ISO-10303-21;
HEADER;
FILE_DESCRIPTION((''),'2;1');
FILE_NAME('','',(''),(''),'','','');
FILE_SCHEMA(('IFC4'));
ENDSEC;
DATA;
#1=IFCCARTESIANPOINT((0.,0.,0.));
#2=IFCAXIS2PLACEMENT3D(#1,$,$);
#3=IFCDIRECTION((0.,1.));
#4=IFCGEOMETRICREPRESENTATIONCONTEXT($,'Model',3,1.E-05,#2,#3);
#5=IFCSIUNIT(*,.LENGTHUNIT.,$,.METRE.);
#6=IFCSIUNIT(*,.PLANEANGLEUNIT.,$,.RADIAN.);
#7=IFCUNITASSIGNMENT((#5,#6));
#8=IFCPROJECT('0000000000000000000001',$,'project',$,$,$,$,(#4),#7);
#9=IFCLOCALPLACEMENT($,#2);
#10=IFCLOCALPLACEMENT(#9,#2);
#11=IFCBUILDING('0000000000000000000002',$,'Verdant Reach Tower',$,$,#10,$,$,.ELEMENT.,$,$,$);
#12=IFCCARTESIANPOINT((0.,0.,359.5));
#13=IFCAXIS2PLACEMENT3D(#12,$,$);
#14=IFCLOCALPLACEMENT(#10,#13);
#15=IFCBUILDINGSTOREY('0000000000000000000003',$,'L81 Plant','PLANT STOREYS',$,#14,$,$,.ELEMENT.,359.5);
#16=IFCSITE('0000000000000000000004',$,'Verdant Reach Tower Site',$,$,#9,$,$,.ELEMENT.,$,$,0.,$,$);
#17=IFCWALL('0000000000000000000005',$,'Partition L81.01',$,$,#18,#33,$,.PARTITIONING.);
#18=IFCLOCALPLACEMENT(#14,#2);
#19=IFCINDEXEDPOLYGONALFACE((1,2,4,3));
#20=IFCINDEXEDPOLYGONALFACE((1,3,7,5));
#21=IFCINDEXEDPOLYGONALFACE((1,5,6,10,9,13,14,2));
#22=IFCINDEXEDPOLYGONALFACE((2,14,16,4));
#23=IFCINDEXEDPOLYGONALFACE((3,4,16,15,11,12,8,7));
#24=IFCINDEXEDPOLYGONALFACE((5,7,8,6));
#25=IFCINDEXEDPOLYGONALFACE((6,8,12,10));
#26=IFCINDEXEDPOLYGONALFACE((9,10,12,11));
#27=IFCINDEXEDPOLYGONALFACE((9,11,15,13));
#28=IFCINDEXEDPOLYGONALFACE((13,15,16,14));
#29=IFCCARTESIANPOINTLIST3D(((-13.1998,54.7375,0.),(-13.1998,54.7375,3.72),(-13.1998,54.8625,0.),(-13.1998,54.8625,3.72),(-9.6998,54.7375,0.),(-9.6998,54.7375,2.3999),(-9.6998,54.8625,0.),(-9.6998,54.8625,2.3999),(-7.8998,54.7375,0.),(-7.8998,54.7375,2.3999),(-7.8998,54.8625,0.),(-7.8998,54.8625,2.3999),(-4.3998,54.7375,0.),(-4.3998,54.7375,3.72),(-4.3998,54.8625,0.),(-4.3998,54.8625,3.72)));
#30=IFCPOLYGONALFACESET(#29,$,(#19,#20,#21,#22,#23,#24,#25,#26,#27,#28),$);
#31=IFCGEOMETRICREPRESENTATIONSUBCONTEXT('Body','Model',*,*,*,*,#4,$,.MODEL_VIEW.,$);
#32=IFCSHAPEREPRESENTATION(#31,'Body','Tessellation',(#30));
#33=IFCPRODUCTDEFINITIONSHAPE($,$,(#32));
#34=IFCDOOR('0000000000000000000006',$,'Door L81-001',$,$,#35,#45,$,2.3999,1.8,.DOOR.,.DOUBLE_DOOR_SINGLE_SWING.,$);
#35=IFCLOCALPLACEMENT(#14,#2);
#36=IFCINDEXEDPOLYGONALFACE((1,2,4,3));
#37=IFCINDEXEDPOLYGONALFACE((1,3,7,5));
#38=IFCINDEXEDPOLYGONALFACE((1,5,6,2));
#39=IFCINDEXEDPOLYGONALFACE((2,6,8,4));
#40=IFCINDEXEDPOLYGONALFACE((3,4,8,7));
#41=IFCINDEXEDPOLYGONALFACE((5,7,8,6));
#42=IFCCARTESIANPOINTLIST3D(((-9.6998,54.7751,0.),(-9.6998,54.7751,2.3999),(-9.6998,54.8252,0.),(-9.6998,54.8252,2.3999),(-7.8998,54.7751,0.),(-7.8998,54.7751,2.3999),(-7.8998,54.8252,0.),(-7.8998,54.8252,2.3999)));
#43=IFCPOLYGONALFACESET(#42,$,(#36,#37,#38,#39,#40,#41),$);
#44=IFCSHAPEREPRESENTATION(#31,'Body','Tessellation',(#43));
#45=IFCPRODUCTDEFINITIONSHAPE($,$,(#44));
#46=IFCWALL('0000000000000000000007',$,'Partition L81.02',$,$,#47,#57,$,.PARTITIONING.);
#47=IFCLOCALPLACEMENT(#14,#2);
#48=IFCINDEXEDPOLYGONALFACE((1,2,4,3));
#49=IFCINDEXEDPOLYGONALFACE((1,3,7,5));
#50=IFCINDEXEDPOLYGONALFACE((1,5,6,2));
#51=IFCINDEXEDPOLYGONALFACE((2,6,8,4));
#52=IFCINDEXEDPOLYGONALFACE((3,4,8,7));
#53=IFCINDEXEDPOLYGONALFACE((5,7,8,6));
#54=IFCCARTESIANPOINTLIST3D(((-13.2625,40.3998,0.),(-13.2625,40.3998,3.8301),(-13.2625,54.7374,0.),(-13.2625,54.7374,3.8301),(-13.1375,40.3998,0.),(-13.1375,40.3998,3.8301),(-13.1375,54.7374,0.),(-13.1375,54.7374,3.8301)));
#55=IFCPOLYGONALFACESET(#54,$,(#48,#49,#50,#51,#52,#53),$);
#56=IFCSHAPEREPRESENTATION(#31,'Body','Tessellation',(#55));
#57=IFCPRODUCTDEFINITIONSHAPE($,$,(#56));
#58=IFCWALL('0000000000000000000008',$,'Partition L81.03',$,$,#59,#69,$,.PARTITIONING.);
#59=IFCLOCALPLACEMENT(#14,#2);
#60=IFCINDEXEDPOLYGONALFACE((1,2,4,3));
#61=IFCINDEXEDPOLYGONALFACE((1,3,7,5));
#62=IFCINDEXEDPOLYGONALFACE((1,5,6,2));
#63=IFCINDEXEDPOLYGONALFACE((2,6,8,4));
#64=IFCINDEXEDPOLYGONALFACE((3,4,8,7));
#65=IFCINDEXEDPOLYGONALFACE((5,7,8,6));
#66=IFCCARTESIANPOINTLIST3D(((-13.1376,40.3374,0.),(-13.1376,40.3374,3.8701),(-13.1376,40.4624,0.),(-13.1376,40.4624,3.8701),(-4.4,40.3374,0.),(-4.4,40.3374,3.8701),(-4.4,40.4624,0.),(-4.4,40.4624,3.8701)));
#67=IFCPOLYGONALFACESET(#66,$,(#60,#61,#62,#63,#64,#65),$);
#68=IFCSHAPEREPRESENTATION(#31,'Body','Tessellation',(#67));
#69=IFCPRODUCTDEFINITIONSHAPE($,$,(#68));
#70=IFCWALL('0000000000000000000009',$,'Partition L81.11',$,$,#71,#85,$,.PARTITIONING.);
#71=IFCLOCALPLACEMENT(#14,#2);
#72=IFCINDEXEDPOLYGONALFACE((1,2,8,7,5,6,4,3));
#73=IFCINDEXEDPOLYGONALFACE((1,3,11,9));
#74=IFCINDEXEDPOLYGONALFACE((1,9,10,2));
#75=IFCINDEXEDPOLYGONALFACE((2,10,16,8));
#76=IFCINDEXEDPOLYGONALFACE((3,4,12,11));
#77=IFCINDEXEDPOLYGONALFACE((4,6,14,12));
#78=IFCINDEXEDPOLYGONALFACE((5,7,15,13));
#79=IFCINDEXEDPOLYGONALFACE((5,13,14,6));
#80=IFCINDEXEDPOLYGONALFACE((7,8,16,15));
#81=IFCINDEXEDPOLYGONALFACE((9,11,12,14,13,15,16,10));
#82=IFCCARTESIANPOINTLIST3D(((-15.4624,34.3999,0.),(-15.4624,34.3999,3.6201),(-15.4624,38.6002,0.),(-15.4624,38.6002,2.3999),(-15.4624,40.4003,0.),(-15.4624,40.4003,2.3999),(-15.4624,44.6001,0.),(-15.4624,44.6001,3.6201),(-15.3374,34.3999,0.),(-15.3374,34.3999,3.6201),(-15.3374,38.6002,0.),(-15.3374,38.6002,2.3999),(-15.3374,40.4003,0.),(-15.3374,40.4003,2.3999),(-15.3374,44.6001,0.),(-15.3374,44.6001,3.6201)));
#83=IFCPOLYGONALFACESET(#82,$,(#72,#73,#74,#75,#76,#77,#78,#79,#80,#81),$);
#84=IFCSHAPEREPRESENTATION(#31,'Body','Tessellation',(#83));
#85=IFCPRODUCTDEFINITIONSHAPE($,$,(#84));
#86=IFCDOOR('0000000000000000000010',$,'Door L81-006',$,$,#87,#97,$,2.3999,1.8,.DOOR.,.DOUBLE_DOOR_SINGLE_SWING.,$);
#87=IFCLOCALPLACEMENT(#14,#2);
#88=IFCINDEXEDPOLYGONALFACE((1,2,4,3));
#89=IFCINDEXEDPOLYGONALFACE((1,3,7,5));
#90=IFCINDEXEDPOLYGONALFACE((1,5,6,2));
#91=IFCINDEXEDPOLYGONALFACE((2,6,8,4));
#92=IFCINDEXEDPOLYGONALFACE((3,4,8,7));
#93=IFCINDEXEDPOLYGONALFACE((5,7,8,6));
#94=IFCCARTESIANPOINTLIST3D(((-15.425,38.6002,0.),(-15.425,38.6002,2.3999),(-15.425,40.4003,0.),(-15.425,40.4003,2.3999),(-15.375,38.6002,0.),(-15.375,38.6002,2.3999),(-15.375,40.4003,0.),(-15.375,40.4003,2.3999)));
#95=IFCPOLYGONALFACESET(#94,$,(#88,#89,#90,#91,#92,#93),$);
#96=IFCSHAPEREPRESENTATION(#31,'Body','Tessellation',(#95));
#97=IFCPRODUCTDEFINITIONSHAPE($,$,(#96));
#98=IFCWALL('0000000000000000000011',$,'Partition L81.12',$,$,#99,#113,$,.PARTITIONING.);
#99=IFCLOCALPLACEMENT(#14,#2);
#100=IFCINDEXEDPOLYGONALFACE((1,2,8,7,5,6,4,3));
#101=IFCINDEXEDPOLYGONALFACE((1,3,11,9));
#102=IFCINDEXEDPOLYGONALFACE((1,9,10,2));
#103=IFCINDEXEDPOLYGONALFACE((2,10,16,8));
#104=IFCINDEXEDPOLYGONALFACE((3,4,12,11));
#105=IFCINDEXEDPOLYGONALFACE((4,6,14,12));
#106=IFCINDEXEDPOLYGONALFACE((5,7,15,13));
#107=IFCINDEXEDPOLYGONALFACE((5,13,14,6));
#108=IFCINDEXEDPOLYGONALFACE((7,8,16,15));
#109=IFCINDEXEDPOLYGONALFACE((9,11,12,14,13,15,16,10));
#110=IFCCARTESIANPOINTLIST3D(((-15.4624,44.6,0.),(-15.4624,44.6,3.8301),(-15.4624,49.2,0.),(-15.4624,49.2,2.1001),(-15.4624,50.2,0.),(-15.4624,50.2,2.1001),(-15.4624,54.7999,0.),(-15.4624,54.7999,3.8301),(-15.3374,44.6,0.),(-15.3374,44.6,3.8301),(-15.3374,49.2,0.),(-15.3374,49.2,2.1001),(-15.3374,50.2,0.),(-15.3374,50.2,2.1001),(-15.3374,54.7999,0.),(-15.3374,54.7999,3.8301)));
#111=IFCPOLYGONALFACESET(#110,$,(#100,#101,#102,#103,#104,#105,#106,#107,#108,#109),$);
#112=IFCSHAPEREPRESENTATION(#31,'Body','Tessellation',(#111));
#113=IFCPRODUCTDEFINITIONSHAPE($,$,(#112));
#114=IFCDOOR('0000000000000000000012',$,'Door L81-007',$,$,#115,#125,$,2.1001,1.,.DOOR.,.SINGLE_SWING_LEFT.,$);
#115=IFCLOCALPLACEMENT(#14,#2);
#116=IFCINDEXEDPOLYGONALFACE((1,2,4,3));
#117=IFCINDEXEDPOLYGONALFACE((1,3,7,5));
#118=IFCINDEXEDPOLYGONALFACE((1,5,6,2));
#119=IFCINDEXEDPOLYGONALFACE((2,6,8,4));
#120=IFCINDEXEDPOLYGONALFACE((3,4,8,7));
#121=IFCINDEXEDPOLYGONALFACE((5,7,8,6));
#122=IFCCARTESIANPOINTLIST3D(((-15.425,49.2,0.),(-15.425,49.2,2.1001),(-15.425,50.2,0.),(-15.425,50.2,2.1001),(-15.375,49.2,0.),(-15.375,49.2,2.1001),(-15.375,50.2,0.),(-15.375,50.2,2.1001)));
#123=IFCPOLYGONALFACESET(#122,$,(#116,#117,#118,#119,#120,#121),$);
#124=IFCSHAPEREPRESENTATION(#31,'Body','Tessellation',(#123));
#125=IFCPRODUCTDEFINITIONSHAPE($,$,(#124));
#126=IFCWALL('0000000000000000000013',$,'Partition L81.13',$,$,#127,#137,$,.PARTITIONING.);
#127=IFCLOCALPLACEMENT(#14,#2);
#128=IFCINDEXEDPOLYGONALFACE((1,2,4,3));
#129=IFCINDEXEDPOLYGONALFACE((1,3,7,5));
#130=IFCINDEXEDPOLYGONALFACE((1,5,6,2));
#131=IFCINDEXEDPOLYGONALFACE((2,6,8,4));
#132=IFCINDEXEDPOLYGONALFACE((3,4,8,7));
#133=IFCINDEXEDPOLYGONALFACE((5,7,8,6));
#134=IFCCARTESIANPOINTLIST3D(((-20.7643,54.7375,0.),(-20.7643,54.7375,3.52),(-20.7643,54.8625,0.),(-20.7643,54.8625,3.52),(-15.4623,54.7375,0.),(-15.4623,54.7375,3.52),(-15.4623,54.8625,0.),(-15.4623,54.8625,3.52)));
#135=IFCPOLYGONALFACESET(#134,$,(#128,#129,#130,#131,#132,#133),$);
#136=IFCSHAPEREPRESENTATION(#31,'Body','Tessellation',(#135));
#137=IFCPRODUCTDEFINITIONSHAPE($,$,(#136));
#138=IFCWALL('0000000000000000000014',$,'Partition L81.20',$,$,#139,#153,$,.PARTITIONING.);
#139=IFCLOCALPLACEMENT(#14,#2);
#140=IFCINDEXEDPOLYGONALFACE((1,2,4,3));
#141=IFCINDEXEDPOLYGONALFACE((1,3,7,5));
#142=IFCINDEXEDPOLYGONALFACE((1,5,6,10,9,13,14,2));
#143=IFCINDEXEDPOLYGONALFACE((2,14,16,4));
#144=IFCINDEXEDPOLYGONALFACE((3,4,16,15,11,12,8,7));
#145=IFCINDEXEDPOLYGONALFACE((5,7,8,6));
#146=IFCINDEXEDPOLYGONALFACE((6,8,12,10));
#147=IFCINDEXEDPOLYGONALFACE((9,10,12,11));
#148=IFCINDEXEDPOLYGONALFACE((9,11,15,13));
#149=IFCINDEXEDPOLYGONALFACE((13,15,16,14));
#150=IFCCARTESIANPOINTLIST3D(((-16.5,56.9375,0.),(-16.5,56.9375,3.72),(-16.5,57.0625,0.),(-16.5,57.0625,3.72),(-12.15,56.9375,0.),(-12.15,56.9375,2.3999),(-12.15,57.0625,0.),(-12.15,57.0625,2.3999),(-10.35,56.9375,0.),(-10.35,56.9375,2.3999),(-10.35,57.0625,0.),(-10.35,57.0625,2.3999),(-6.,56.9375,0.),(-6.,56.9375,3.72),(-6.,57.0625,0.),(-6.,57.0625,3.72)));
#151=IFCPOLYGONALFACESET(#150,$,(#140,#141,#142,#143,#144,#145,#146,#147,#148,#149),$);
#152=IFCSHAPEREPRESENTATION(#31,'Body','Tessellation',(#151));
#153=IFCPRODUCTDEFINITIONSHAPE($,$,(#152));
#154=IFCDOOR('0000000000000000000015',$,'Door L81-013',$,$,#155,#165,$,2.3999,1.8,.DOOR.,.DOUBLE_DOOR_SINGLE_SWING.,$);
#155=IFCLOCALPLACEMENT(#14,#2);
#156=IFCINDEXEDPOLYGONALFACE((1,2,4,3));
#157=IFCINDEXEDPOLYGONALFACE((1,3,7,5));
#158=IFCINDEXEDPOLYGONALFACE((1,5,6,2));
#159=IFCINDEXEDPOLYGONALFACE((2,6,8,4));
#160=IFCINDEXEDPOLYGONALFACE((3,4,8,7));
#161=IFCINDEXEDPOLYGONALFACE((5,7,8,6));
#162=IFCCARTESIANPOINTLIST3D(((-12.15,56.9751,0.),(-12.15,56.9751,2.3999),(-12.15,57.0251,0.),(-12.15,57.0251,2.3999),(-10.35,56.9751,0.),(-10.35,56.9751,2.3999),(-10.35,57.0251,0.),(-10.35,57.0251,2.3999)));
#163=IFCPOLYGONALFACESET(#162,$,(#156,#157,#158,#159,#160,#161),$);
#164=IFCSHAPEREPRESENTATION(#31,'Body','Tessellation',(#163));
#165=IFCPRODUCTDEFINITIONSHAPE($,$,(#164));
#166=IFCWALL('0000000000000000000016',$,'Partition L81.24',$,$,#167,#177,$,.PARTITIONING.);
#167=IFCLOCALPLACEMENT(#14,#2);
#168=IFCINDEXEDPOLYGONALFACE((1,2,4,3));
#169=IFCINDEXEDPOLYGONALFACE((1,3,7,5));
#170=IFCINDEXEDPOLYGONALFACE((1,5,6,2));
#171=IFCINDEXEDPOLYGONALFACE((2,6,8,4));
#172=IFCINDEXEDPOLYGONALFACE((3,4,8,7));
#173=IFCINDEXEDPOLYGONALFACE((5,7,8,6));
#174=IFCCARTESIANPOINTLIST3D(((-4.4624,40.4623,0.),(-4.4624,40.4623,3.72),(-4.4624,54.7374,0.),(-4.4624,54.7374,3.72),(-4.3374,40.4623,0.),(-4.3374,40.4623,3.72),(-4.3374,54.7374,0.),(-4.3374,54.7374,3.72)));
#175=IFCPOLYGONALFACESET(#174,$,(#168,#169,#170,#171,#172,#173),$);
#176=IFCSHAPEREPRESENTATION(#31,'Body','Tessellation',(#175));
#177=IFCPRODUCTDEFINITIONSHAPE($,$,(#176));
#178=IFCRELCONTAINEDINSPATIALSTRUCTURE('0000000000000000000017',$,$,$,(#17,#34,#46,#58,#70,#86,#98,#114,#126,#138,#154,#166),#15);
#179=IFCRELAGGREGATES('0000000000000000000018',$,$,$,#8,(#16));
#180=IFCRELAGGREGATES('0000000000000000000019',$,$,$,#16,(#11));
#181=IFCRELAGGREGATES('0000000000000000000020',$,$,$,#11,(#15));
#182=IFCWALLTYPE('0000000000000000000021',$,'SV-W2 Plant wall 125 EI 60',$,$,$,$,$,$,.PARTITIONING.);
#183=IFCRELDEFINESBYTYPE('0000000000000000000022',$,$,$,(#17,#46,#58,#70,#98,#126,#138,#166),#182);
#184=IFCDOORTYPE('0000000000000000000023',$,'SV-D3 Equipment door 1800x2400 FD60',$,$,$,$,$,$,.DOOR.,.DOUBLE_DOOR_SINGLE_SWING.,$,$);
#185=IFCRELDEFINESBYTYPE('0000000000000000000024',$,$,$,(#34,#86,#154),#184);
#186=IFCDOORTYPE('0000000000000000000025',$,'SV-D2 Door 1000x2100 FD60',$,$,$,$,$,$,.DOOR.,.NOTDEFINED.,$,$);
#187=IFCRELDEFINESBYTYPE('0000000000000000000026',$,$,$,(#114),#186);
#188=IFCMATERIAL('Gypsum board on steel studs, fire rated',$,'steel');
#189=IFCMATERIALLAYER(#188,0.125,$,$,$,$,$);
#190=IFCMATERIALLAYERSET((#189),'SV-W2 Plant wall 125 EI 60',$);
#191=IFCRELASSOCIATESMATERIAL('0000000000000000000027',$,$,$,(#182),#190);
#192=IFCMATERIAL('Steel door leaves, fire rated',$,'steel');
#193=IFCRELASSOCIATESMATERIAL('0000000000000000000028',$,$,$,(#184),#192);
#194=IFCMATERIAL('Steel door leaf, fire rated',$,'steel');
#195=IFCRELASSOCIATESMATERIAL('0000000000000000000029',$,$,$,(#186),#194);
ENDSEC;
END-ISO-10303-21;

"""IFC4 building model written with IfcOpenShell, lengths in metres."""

from ifc_helpers import new_model, si_unit, direction, frame, frame_2d, origin, place, context, subcontext, project, spatial, rectangle, extrude, material, layer, layer_set, type_object, element, fill, save


model = new_model("IFC4")

# Units and contexts
model_context = context("Model", 3, precision=1e-05, world=origin(), true_north=direction((0.0, 1.0)))
body_context = subcontext(model_context, "Body", "Model", "MODEL_VIEW")
ifc_project = project(units=[si_unit("LENGTHUNIT", "METRE"), si_unit("PLANEANGLEUNIT", "RADIAN")], contexts=[model_context])

# Site, building, storey
site_placement = place(None, origin())
site = spatial("IfcSite", under=ifc_project, at=site_placement, Name="Verdant Reach Tower Site", CompositionType="ELEMENT", RefElevation=0.0)
building_placement = place(site_placement, origin())
building = spatial("IfcBuilding", under=site, at=building_placement, Name="Verdant Reach Tower", CompositionType="ELEMENT")
storey_placement = place(building_placement, frame((0.0, 0.0, 359.5)))
storey = spatial("IfcBuildingStorey", under=building, at=storey_placement, Name="L81 Plant", Description="PLANT STOREYS", CompositionType="ELEMENT", Elevation=359.5)

# Wall, opening, door
ifc_material_1 = material(Name="Gypsum board on steel studs, fire rated", Category="steel")
ifc_layer = layer(ifc_material_1, 0.125)
ifc_layer_set = layer_set([ifc_layer], Name="SV-W2 Plant wall 125 EI 60")
wall_type = type_object("IfcWallType", Name="SV-W2 Plant wall 125 EI 60", PredefinedType="PARTITIONING", material=ifc_layer_set)
wall_1_placement = place(storey_placement, frame((-4.3999, 54.8, 0.0), z_axis=(0.0, 0.0, 1.0), x_axis=(-1.0, 0.0, 0.0)))
wall_1 = element("IfcWall", 1, at=wall_1_placement, inside=storey, type_object=wall_type, Name="Partition L81.01", PredefinedType="PARTITIONING", context=body_context, shape_type="SweptSolid", body=[
    extrude(rectangle(XDim=8.8, YDim=0.125, at=frame_2d((4.3999, 0.0))), origin(), (0.0, 0.0, 1.0), 3.72),
])
opening_1_placement = place(wall_1_placement, frame((3.5, 0.0, 0.0)))
opening_1 = element("IfcOpeningElement", 2, at=opening_1_placement, cuts=wall_1, PredefinedType="OPENING", context=body_context, shape_type="SweptSolid", body=[
    extrude(rectangle(XDim=1.8, YDim=2.3999, at=frame_2d((0.8999, 1.2))), frame((0.0, 0.0725, 0.0), z_axis=(0.0, -1.0, 0.0), x_axis=(1.0, 0.0, 0.0)), (0.0, 0.0, 1.0), 0.145),
])
ifc_material_2 = material(Name="Steel door leaves, fire rated", Category="steel")
door_type_1 = type_object("IfcDoorType", Name="SV-D3 Equipment door 1800x2400 FD60", OperationType="DOUBLE_DOOR_SINGLE_SWING", PredefinedType="DOOR", material=ifc_material_2)
door_1_placement = place(opening_1_placement, origin())
door_1 = element("IfcDoor", 3, at=door_1_placement, inside=storey, type_object=door_type_1, Name="Door L81-001", OperationType="DOUBLE_DOOR_SINGLE_SWING", OverallHeight=2.3999, OverallWidth=1.8, PredefinedType="DOOR", context=body_context, shape_type="SweptSolid", body=[
    extrude(rectangle(XDim=1.8, YDim=2.3999, at=frame_2d((0.8999, 1.2))), frame((0.0, 0.0249, 0.0), z_axis=(0.0, -1.0, 0.0), x_axis=(1.0, 0.0, 0.0)), (0.0, 0.0, 1.0), 0.05),
])
fill(opening_1, door_1)

# Walls
wall_2_placement = place(storey_placement, frame((-13.2, 54.7375, 0.0), z_axis=(0.0, 0.0, 1.0), x_axis=(0.0, -1.0, 0.0)))
element("IfcWall", 4, at=wall_2_placement, inside=storey, type_object=wall_type, Name="Partition L81.02", PredefinedType="PARTITIONING", context=body_context, shape_type="SweptSolid", body=[
    extrude(rectangle(XDim=14.3376, YDim=0.125, at=frame_2d((7.1689, 0.0))), origin(), (0.0, 0.0, 1.0), 3.8301),
])
wall_3_placement = place(storey_placement, frame((-13.1375, 40.3999, 0.0), z_axis=(0.0, 0.0, 1.0), x_axis=(1.0, 0.0, 0.0)))
element("IfcWall", 5, at=wall_3_placement, inside=storey, type_object=wall_type, Name="Partition L81.03", PredefinedType="PARTITIONING", context=body_context, shape_type="SweptSolid", body=[
    extrude(rectangle(XDim=8.7375, YDim=0.125, at=frame_2d((4.3687, 0.0))), origin(), (0.0, 0.0, 1.0), 3.8701),
])

# Walls, openings, doors
wall_4_placement = place(storey_placement, frame((-15.3999, 44.6001, 0.0), z_axis=(0.0, 0.0, 1.0), x_axis=(0.0, -1.0, 0.0)))
wall_4 = element("IfcWall", 6, at=wall_4_placement, inside=storey, type_object=wall_type, Name="Partition L81.11", PredefinedType="PARTITIONING", context=body_context, shape_type="SweptSolid", body=[
    extrude(rectangle(XDim=10.2002, YDim=0.125, at=frame_2d((5.1001, 0.0))), origin(), (0.0, 0.0, 1.0), 3.6201),
])
opening_2_placement = place(wall_4_placement, frame((4.2, 0.0, 0.0)))
opening_2 = element("IfcOpeningElement", 7, at=opening_2_placement, cuts=wall_4, PredefinedType="OPENING", context=body_context, shape_type="SweptSolid", body=[
    extrude(rectangle(XDim=1.8, YDim=2.3999, at=frame_2d((0.8999, 1.2))), frame((0.0, 0.0725, 0.0), z_axis=(0.0, -1.0, 0.0), x_axis=(1.0, 0.0, 0.0)), (0.0, 0.0, 1.0), 0.145),
])
door_2_placement = place(opening_2_placement, origin())
door_2 = element("IfcDoor", 8, at=door_2_placement, inside=storey, type_object=door_type_1, Name="Door L81-006", OperationType="DOUBLE_DOOR_SINGLE_SWING", OverallHeight=2.3999, OverallWidth=1.8, PredefinedType="DOOR", context=body_context, shape_type="SweptSolid", body=[
    extrude(rectangle(XDim=1.8, YDim=2.3999, at=frame_2d((0.8999, 1.2))), frame((0.0, 0.0249, 0.0), z_axis=(0.0, -1.0, 0.0), x_axis=(1.0, 0.0, 0.0)), (0.0, 0.0, 1.0), 0.05),
])
fill(opening_2, door_2)
wall_5_placement = place(storey_placement, frame((-15.3999, 54.8, 0.0), z_axis=(0.0, 0.0, 1.0), x_axis=(0.0, -1.0, 0.0)))
wall_5 = element("IfcWall", 9, at=wall_5_placement, inside=storey, type_object=wall_type, Name="Partition L81.12", PredefinedType="PARTITIONING", context=body_context, shape_type="SweptSolid", body=[
    extrude(rectangle(XDim=10.2, YDim=0.125, at=frame_2d((5.1001, 0.0))), origin(), (0.0, 0.0, 1.0), 3.8301),
])
opening_3_placement = place(wall_5_placement, frame((4.6001, 0.0, 0.0)))
opening_3 = element("IfcOpeningElement", 10, at=opening_3_placement, cuts=wall_5, PredefinedType="OPENING", context=body_context, shape_type="SweptSolid", body=[
    extrude(rectangle(XDim=1.0, YDim=2.1001, at=frame_2d((0.5, 1.05))), frame((0.0, 0.0725, 0.0), z_axis=(0.0, -1.0, 0.0), x_axis=(1.0, 0.0, 0.0)), (0.0, 0.0, 1.0), 0.145),
])
ifc_material_3 = material(Name="Steel door leaf, fire rated", Category="steel")
door_type_2 = type_object("IfcDoorType", Name="SV-D2 Door 1000x2100 FD60", OperationType="NOTDEFINED", PredefinedType="DOOR", material=ifc_material_3)
door_3_placement = place(opening_3_placement, origin())
door_3 = element("IfcDoor", 11, at=door_3_placement, inside=storey, type_object=door_type_2, Name="Door L81-007", OperationType="SINGLE_SWING_LEFT", OverallHeight=2.1001, OverallWidth=1.0, PredefinedType="DOOR", context=body_context, shape_type="SweptSolid", body=[
    extrude(rectangle(XDim=1.0, YDim=2.1001, at=frame_2d((0.5, 1.05))), frame((0.0, 0.0249, 0.0), z_axis=(0.0, -1.0, 0.0), x_axis=(1.0, 0.0, 0.0)), (0.0, 0.0, 1.0), 0.05),
])
fill(opening_3, door_3)

# Wall
wall_6_placement = place(storey_placement, frame((-15.4624, 54.8, 0.0), z_axis=(0.0, 0.0, 1.0), x_axis=(-1.0, 0.0, 0.0)))
element("IfcWall", 12, at=wall_6_placement, inside=storey, type_object=wall_type, Name="Partition L81.13", PredefinedType="PARTITIONING", context=body_context, shape_type="SweptSolid", body=[
    extrude(rectangle(XDim=5.302, YDim=0.125, at=frame_2d((2.6509, 0.0))), origin(), (0.0, 0.0, 1.0), 3.52),
])

# Wall, opening, door
wall_7_placement = place(storey_placement, frame((-6.0, 57.0, 0.0), z_axis=(0.0, 0.0, 1.0), x_axis=(-1.0, 0.0, 0.0)))
wall_7 = element("IfcWall", 13, at=wall_7_placement, inside=storey, type_object=wall_type, Name="Partition L81.20", PredefinedType="PARTITIONING", context=body_context, shape_type="SweptSolid", body=[
    extrude(rectangle(XDim=10.5, YDim=0.125, at=frame_2d((5.25, 0.0))), origin(), (0.0, 0.0, 1.0), 3.72),
])
opening_4_placement = place(wall_7_placement, frame((4.3501, 0.0, 0.0)))
opening_4 = element("IfcOpeningElement", 14, at=opening_4_placement, cuts=wall_7, PredefinedType="OPENING", context=body_context, shape_type="SweptSolid", body=[
    extrude(rectangle(XDim=1.8, YDim=2.3999, at=frame_2d((0.8999, 1.2))), frame((0.0, 0.0725, 0.0), z_axis=(0.0, -1.0, 0.0), x_axis=(1.0, 0.0, 0.0)), (0.0, 0.0, 1.0), 0.145),
])
door_4_placement = place(opening_4_placement, origin())
door_4 = element("IfcDoor", 15, at=door_4_placement, inside=storey, type_object=door_type_1, Name="Door L81-013", OperationType="DOUBLE_DOOR_SINGLE_SWING", OverallHeight=2.3999, OverallWidth=1.8, PredefinedType="DOOR", context=body_context, shape_type="SweptSolid", body=[
    extrude(rectangle(XDim=1.8, YDim=2.3999, at=frame_2d((0.8999, 1.2))), frame((0.0, 0.0249, 0.0), z_axis=(0.0, -1.0, 0.0), x_axis=(1.0, 0.0, 0.0)), (0.0, 0.0, 1.0), 0.05),
])
fill(opening_4, door_4)

# Wall
wall_8_placement = place(storey_placement, frame((-4.3999, 54.7375, 0.0), z_axis=(0.0, 0.0, 1.0), x_axis=(0.0, -1.0, 0.0)))
element("IfcWall", 16, at=wall_8_placement, inside=storey, type_object=wall_type, Name="Partition L81.24", PredefinedType="PARTITIONING", context=body_context, shape_type="SweptSolid", body=[
    extrude(rectangle(XDim=14.2751, YDim=0.125, at=frame_2d((7.1377, 0.0))), origin(), (0.0, 0.0, 1.0), 3.72),
])

save(model, "model.ifc")
